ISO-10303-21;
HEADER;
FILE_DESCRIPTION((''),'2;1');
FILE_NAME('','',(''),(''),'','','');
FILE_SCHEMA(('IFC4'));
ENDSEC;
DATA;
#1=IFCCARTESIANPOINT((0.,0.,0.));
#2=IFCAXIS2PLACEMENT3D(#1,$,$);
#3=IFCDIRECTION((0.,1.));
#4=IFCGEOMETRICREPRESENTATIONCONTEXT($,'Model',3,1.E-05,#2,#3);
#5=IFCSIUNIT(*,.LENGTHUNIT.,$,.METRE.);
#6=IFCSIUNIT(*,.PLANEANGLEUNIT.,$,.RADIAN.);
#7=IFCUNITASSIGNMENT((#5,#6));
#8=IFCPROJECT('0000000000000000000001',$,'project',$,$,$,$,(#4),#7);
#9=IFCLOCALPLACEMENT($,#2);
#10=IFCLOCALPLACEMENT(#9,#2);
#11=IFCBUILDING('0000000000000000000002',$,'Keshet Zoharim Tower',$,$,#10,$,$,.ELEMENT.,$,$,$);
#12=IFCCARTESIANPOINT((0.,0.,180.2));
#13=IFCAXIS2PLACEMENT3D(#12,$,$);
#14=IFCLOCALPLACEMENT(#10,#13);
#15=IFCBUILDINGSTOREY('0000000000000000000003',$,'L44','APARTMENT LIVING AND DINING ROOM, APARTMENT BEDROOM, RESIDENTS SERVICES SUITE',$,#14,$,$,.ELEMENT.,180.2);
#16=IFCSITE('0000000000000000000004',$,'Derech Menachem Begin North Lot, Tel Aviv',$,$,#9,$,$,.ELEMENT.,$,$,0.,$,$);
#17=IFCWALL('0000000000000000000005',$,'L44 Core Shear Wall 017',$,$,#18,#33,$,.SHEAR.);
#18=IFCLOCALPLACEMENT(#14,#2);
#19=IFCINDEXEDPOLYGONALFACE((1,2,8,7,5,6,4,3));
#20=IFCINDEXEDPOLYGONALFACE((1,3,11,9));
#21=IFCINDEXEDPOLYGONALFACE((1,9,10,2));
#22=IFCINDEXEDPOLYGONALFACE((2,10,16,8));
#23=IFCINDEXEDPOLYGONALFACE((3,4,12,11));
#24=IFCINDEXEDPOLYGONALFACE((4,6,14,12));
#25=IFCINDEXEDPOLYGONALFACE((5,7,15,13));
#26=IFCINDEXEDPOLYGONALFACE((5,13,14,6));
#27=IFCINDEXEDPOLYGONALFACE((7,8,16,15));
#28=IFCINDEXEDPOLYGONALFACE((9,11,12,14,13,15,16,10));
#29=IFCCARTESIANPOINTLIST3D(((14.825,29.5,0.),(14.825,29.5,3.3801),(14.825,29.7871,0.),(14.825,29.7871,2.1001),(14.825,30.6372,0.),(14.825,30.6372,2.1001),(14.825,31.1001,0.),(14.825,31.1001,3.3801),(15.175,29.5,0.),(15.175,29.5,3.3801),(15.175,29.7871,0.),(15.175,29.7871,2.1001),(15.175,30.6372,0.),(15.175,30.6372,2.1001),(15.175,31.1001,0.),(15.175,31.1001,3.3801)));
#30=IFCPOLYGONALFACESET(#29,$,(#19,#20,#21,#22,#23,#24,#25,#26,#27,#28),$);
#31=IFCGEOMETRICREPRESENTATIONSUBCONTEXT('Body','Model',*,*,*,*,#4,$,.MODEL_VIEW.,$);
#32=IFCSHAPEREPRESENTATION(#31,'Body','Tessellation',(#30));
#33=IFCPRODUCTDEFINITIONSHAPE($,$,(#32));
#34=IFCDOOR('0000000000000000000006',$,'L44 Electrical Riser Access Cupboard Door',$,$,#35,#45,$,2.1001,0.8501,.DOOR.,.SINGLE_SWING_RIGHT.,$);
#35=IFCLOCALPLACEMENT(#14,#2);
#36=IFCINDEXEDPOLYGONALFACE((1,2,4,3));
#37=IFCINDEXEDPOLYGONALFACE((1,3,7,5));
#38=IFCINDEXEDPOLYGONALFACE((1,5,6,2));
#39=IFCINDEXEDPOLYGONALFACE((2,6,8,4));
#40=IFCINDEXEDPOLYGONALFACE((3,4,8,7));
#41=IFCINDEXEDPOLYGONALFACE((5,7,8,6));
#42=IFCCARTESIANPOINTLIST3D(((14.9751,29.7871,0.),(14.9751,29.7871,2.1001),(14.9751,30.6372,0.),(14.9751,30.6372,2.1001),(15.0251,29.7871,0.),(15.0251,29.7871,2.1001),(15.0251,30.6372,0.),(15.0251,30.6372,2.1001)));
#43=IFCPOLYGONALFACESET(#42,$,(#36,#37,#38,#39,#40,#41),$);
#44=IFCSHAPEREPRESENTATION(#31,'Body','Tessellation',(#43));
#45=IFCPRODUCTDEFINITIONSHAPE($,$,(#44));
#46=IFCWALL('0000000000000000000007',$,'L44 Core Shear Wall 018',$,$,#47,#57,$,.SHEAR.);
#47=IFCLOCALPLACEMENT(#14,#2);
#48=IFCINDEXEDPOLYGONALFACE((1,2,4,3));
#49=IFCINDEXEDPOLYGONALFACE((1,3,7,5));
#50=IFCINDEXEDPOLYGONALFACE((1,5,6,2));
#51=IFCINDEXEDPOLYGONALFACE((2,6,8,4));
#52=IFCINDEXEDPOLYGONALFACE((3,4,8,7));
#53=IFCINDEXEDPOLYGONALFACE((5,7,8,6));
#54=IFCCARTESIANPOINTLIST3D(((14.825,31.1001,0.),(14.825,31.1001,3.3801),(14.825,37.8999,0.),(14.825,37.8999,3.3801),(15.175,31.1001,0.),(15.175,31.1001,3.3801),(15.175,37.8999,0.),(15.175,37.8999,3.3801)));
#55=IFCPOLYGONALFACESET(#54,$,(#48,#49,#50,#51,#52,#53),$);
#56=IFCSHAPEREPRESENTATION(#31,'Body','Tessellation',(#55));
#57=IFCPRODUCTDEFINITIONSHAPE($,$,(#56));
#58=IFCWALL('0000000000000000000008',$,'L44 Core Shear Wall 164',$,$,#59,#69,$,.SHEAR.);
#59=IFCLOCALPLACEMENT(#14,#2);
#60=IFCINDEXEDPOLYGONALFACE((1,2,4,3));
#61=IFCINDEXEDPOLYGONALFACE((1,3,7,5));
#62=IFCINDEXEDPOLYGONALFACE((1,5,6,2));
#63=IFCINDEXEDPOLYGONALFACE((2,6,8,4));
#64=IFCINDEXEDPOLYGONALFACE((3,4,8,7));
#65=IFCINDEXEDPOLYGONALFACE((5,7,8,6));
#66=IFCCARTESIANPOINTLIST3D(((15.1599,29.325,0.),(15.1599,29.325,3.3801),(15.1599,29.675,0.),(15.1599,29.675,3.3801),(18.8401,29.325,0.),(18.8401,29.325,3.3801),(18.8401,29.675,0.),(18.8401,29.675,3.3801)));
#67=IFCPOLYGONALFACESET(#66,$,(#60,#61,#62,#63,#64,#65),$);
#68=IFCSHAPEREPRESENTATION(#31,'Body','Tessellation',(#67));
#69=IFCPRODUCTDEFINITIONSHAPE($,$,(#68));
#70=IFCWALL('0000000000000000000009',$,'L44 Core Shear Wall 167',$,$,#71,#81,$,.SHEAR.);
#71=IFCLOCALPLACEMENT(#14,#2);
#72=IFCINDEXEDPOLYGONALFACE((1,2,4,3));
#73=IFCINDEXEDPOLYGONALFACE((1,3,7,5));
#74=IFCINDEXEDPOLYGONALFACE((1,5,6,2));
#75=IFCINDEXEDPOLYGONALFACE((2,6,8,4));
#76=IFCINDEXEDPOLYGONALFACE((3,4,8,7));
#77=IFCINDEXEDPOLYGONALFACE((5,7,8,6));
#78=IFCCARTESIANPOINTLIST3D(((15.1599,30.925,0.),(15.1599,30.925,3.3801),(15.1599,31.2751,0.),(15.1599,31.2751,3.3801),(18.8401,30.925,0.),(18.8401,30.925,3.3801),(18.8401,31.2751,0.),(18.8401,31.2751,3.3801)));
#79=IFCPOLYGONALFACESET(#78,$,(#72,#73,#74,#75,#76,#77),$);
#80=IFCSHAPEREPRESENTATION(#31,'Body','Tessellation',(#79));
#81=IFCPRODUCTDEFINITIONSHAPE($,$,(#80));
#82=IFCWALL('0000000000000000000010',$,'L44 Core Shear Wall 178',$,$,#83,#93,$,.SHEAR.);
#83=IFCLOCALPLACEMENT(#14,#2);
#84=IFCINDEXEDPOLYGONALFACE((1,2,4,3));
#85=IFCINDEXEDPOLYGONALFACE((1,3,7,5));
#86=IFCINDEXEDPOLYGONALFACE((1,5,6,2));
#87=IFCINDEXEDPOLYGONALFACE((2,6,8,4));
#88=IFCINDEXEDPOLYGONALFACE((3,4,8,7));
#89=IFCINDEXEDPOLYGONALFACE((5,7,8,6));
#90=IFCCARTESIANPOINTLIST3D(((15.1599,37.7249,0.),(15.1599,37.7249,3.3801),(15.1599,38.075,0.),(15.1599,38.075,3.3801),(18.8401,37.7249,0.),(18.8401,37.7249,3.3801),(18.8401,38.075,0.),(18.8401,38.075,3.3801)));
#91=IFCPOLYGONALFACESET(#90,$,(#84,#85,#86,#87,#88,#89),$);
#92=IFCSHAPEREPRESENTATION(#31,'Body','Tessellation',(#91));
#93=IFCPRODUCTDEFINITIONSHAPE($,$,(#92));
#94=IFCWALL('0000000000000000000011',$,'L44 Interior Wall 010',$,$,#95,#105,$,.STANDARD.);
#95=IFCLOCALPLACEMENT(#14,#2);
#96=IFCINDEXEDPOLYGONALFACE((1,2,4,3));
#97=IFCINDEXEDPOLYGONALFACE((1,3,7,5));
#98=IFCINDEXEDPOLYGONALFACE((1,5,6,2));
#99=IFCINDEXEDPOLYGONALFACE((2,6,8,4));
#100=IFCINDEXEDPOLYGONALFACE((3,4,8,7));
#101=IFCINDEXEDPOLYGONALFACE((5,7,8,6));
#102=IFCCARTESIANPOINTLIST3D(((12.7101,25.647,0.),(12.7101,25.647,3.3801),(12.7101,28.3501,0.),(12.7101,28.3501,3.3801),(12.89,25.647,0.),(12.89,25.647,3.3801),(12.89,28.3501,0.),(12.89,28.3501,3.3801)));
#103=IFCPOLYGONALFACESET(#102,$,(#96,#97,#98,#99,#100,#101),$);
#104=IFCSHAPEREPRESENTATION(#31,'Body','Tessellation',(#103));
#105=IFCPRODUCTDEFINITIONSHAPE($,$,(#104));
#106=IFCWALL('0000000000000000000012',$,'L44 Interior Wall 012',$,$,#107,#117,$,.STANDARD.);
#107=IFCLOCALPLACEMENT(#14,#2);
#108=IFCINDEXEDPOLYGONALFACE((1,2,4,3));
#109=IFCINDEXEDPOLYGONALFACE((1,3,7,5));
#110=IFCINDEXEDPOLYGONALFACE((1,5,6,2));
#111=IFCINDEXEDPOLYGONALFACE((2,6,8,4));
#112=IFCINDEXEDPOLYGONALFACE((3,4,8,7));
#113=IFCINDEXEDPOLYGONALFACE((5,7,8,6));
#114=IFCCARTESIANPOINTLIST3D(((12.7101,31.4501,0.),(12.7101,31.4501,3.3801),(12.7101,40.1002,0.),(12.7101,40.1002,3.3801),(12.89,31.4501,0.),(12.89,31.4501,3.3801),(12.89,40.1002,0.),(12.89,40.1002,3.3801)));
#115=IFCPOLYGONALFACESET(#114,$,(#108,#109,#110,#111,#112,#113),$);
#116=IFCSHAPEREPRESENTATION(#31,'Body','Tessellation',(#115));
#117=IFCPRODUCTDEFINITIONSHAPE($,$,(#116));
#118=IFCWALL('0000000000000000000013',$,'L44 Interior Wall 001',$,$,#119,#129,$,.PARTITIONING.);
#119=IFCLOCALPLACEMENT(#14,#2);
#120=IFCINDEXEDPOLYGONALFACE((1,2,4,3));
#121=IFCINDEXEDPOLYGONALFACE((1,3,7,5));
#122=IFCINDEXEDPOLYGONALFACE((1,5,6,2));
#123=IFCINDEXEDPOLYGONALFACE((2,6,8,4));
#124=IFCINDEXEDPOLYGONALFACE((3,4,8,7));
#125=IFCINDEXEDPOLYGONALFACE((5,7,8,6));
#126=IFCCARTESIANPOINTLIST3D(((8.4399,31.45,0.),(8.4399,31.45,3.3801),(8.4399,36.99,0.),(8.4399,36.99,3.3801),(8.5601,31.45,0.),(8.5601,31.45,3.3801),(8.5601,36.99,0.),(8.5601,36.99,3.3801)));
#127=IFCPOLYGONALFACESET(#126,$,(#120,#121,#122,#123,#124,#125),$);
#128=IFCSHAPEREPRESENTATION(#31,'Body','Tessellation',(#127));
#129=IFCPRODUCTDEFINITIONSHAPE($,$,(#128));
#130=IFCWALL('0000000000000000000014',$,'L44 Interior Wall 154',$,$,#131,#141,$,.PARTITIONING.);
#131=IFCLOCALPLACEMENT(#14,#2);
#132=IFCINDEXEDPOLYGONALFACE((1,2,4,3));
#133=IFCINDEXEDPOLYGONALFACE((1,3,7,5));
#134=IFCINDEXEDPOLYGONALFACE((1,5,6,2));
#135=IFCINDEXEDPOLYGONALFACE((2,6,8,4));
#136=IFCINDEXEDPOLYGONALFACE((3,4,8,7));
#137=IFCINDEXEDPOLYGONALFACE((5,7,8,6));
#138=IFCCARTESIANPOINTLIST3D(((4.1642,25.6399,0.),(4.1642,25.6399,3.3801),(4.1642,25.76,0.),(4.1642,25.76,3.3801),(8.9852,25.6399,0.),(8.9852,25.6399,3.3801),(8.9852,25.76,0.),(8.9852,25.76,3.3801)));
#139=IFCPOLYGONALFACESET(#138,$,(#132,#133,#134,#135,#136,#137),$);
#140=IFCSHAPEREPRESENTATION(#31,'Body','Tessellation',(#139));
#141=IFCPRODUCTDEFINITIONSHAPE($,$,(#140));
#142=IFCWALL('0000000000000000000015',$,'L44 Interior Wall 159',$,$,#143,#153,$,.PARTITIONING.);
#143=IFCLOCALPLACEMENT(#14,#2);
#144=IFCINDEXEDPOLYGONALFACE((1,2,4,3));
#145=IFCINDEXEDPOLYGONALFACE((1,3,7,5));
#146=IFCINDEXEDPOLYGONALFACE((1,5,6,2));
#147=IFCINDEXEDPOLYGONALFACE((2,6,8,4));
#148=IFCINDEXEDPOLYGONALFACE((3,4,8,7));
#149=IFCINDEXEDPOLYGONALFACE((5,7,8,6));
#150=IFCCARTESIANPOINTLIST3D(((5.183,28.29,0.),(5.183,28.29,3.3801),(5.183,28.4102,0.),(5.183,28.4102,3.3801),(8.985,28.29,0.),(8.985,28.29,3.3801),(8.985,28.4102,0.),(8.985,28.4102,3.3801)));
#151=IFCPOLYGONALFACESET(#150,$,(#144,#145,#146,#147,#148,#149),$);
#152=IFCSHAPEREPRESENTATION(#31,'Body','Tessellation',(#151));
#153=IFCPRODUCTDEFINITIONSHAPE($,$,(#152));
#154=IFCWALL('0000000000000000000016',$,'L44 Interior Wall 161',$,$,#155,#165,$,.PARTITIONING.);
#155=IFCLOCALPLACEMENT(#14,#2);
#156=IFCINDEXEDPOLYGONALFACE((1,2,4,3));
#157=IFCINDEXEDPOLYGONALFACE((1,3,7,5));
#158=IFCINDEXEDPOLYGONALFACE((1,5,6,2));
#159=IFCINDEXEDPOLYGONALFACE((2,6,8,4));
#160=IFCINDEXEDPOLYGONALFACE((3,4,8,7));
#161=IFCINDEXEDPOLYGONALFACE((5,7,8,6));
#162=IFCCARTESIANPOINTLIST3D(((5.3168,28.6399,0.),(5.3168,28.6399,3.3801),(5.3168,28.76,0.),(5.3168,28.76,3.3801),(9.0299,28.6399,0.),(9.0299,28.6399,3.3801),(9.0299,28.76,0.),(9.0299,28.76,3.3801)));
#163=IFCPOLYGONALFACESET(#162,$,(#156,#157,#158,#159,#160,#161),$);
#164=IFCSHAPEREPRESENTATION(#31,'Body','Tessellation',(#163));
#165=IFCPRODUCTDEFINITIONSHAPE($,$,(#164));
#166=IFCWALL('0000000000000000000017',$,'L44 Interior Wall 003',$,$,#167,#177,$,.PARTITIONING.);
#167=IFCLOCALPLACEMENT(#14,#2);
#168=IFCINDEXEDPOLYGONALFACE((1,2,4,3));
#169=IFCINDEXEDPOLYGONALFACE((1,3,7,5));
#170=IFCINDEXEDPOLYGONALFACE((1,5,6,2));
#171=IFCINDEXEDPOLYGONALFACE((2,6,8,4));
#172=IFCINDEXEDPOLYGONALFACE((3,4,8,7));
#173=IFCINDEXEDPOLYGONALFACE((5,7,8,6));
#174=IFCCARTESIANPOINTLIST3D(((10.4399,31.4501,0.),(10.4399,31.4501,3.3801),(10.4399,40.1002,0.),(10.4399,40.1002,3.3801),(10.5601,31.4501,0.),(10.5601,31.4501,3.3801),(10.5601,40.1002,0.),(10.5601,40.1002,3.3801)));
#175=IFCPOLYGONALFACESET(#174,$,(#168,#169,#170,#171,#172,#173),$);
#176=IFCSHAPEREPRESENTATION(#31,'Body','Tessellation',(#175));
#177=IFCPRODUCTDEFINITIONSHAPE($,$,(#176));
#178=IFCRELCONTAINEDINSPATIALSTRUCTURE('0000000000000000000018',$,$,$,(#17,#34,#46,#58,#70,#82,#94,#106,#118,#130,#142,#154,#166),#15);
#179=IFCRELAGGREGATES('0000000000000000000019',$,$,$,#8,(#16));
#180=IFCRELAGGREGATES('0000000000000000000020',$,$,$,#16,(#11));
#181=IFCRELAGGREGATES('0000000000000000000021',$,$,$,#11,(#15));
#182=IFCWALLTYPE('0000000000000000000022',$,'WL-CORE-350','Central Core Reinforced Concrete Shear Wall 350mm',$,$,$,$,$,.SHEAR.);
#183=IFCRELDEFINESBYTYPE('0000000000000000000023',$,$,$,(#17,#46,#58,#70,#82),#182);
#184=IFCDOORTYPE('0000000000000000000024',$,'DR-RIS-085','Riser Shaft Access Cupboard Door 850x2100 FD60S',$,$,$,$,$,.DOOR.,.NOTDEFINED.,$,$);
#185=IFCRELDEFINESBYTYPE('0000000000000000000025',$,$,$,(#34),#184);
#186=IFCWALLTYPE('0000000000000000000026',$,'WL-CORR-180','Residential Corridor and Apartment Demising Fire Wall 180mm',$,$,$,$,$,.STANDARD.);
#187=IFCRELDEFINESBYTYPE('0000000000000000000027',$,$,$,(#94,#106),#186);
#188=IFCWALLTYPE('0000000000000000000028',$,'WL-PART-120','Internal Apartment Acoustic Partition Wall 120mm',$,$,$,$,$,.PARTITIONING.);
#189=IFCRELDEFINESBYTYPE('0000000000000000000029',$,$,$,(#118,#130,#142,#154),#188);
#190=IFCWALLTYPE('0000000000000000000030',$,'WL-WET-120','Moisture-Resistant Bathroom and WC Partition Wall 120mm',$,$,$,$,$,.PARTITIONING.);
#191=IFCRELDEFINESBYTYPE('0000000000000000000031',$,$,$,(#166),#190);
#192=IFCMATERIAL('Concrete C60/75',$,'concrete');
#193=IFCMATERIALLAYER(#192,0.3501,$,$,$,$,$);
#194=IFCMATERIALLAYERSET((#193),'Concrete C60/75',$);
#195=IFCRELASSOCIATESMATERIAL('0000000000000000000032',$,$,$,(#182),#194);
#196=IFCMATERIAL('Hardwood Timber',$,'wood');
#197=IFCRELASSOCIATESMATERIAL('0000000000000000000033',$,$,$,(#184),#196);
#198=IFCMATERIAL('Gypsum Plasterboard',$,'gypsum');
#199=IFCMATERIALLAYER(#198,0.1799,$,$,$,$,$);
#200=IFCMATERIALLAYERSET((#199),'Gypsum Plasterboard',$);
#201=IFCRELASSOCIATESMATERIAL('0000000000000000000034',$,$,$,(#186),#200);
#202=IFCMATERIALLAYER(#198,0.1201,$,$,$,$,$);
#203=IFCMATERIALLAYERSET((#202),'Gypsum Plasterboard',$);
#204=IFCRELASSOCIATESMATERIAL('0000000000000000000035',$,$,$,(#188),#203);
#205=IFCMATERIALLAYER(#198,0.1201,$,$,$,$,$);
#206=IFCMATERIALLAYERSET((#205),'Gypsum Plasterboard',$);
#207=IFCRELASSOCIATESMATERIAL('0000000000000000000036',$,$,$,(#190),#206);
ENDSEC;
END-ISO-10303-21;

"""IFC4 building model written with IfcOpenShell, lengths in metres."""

from ifc_helpers import new_model, si_unit, direction, frame, frame_2d, origin, place, context, subcontext, project, spatial, rectangle, extrude, material, layer, layer_set, type_object, element, fill, save


model = new_model("IFC4")

# Units and contexts
model_context = context("Model", 3, precision=1e-05, world=origin(), true_north=direction((0.0, 1.0)))
body_context = subcontext(model_context, "Body", "Model", "MODEL_VIEW")
ifc_project = project(units=[si_unit("LENGTHUNIT", "METRE"), si_unit("PLANEANGLEUNIT", "RADIAN")], contexts=[model_context])

# Site, building, storey
site_placement = place(None, origin())
site = spatial("IfcSite", under=ifc_project, at=site_placement, Name="Derech Menachem Begin North Lot, Tel Aviv", CompositionType="ELEMENT", RefElevation=0.0)
building_placement = place(site_placement, origin())
building = spatial("IfcBuilding", under=site, at=building_placement, Name="Keshet Zoharim Tower", CompositionType="ELEMENT")
storey_placement = place(building_placement, frame((0.0, 0.0, 180.2)))
storey = spatial("IfcBuildingStorey", under=building, at=storey_placement, Name="L44", Description="APARTMENT LIVING AND DINING ROOM, APARTMENT BEDROOM, RESIDENTS SERVICES SUITE", CompositionType="ELEMENT", Elevation=180.2)

# Wall, opening, door
ifc_material_1 = material(Name="Concrete C60/75", Category="concrete")
ifc_layer_1 = layer(ifc_material_1, 0.3501)
ifc_layer_set_1 = layer_set([ifc_layer_1], Name="Concrete C60/75")
wall_type_1 = type_object("IfcWallType", Name="WL-CORE-350", Description="Central Core Reinforced Concrete Shear Wall 350mm", PredefinedType="SHEAR", material=ifc_layer_set_1)
wall_1_placement = place(storey_placement, frame((15.0, 29.5, 0.0), z_axis=(0.0, 0.0, 1.0), x_axis=(0.0, 1.0, 0.0)))
wall_1 = element("IfcWall", 1, at=wall_1_placement, inside=storey, type_object=wall_type_1, Name="L44 Core Shear Wall 017", PredefinedType="SHEAR", context=body_context, shape_type="SweptSolid", body=[
    extrude(rectangle(XDim=1.6001, YDim=0.3501, at=frame_2d((0.8, 0.0))), origin(), (0.0, 0.0, 1.0), 3.3801),
])
opening_1_placement = place(wall_1_placement, frame((0.2871, 0.0, 0.0)))
opening_1 = element("IfcOpeningElement", 2, at=opening_1_placement, cuts=wall_1, PredefinedType="OPENING", context=body_context, shape_type="SweptSolid", body=[
    extrude(rectangle(XDim=0.8501, YDim=2.1001, at=frame_2d((0.425, 1.05))), frame((0.0, 0.1851, 0.0), z_axis=(0.0, -1.0, 0.0), x_axis=(1.0, 0.0, 0.0)), (0.0, 0.0, 1.0), 0.3701),
])
ifc_material_2 = material(Name="Hardwood Timber", Category="wood")
door_type_1 = type_object("IfcDoorType", Name="DR-RIS-085", Description="Riser Shaft Access Cupboard Door 850x2100 FD60S", OperationType="NOTDEFINED", PredefinedType="DOOR", material=ifc_material_2)
door_1_placement = place(opening_1_placement, origin())
door_1 = element("IfcDoor", 3, at=door_1_placement, inside=storey, type_object=door_type_1, Name="L44 Electrical Riser Access Cupboard Door", OperationType="SINGLE_SWING_RIGHT", OverallHeight=2.1001, OverallWidth=0.8501, PredefinedType="DOOR", context=body_context, shape_type="SweptSolid", body=[
    extrude(rectangle(XDim=0.8501, YDim=2.1001, at=frame_2d((0.425, 1.05))), frame((0.0, 0.0249, 0.0), z_axis=(0.0, -1.0, 0.0), x_axis=(1.0, 0.0, 0.0)), (0.0, 0.0, 1.0), 0.05),
])
fill(opening_1, door_1)

# Walls
wall_2_placement = place(storey_placement, frame((15.0, 31.1001, 0.0), z_axis=(0.0, 0.0, 1.0), x_axis=(0.0, 1.0, 0.0)))
element("IfcWall", 4, at=wall_2_placement, inside=storey, type_object=wall_type_1, Name="L44 Core Shear Wall 018", PredefinedType="SHEAR", context=body_context, shape_type="SweptSolid", body=[
    extrude(rectangle(XDim=6.7998, YDim=0.3501, at=frame_2d((3.3999, 0.0))), origin(), (0.0, 0.0, 1.0), 3.3801),
])
for number, where, z_axis, x_axis, name in (
    (5, (15.1599, 29.5, 0.0), (0.0, 0.0, 1.0), (1.0, 0.0, 0.0), "L44 Core Shear Wall 164"),
    (6, (15.1599, 31.1001, 0.0), (0.0, 0.0, 1.0), (1.0, 0.0, 0.0), "L44 Core Shear Wall 167"),
    (7, (15.1599, 37.8999, 0.0), (0.0, 0.0, 1.0), (1.0, 0.0, 0.0), "L44 Core Shear Wall 178"),
):
    element("IfcWall", number, at=place(storey_placement, frame(where, z_axis=z_axis, x_axis=x_axis)), inside=storey, type_object=wall_type_1, Name=name, PredefinedType="SHEAR", context=body_context, shape_type="SweptSolid", body=[
        extrude(rectangle(XDim=3.6802, YDim=0.3501, at=frame_2d((1.8401, 0.0))), origin(), (0.0, 0.0, 1.0), 3.3801),
    ])
ifc_material_3 = material(Name="Gypsum Plasterboard", Category="gypsum")
ifc_layer_2 = layer(ifc_material_3, 0.1799)
ifc_layer_set_2 = layer_set([ifc_layer_2], Name="Gypsum Plasterboard")
wall_type_2 = type_object("IfcWallType", Name="WL-CORR-180", Description="Residential Corridor and Apartment Demising Fire Wall 180mm", PredefinedType="STANDARD", material=ifc_layer_set_2)
wall_3_placement = place(storey_placement, frame((12.8, 25.647, 0.0), z_axis=(0.0, 0.0, 1.0), x_axis=(0.0, 1.0, 0.0)))
element("IfcWall", 8, at=wall_3_placement, inside=storey, type_object=wall_type_2, Name="L44 Interior Wall 010", PredefinedType="STANDARD", context=body_context, shape_type="SweptSolid", body=[
    extrude(rectangle(XDim=2.7031, YDim=0.1799, at=frame_2d((1.3516, 0.0))), origin(), (0.0, 0.0, 1.0), 3.3801),
])

# Walls
wall_4_placement = place(storey_placement, frame((12.8, 31.45, 0.0), z_axis=(0.0, 0.0, 1.0), x_axis=(0.0, 1.0, 0.0)))
element("IfcWall", 9, at=wall_4_placement, inside=storey, type_object=wall_type_2, Name="L44 Interior Wall 012", PredefinedType="STANDARD", context=body_context, shape_type="SweptSolid", body=[
    extrude(rectangle(XDim=8.6501, YDim=0.1799, at=frame_2d((4.3252, 0.0))), origin(), (0.0, 0.0, 1.0), 3.3801),
])
ifc_layer_3 = layer(ifc_material_3, 0.1201)
ifc_layer_set_3 = layer_set([ifc_layer_3], Name="Gypsum Plasterboard")
wall_type_3 = type_object("IfcWallType", Name="WL-PART-120", Description="Internal Apartment Acoustic Partition Wall 120mm", PredefinedType="PARTITIONING", material=ifc_layer_set_3)
wall_5_placement = place(storey_placement, frame((8.5, 31.45, 0.0), z_axis=(0.0, 0.0, 1.0), x_axis=(0.0, 1.0, 0.0)))
element("IfcWall", 10, at=wall_5_placement, inside=storey, type_object=wall_type_3, Name="L44 Interior Wall 001", PredefinedType="PARTITIONING", context=body_context, shape_type="SweptSolid", body=[
    extrude(rectangle(XDim=5.54, YDim=0.1201, at=frame_2d((2.77, 0.0))), origin(), (0.0, 0.0, 1.0), 3.3801),
])

# Walls
wall_6_placement = place(storey_placement, frame((4.1641, 25.7, 0.0), z_axis=(0.0, 0.0, 1.0), x_axis=(1.0, 0.0, 0.0)))
element("IfcWall", 11, at=wall_6_placement, inside=storey, type_object=wall_type_3, Name="L44 Interior Wall 154", PredefinedType="PARTITIONING", context=body_context, shape_type="SweptSolid", body=[
    extrude(rectangle(XDim=4.821, YDim=0.1201, at=frame_2d((2.4106, 0.0))), origin(), (0.0, 0.0, 1.0), 3.3801),
])
wall_7_placement = place(storey_placement, frame((5.1831, 28.3501, 0.0), z_axis=(0.0, 0.0, 1.0), x_axis=(1.0, 0.0, 0.0)))
element("IfcWall", 12, at=wall_7_placement, inside=storey, type_object=wall_type_3, Name="L44 Interior Wall 159", PredefinedType="PARTITIONING", context=body_context, shape_type="SweptSolid", body=[
    extrude(rectangle(XDim=3.802, YDim=0.1201, at=frame_2d((1.9009, 0.0))), origin(), (0.0, 0.0, 1.0), 3.3801),
])
wall_8_placement = place(storey_placement, frame((5.3169, 28.7, 0.0), z_axis=(0.0, 0.0, 1.0), x_axis=(1.0, 0.0, 0.0)))
element("IfcWall", 13, at=wall_8_placement, inside=storey, type_object=wall_type_3, Name="L44 Interior Wall 161", PredefinedType="PARTITIONING", context=body_context, shape_type="SweptSolid", body=[
    extrude(rectangle(XDim=3.7131, YDim=0.1201, at=frame_2d((1.8564, 0.0))), origin(), (0.0, 0.0, 1.0), 3.3801),
])

# Wall
ifc_layer_4 = layer(ifc_material_3, 0.1201)
ifc_layer_set_4 = layer_set([ifc_layer_4], Name="Gypsum Plasterboard")
wall_type_4 = type_object("IfcWallType", Name="WL-WET-120", Description="Moisture-Resistant Bathroom and WC Partition Wall 120mm", PredefinedType="PARTITIONING", material=ifc_layer_set_4)
wall_9_placement = place(storey_placement, frame((10.5, 31.45, 0.0), z_axis=(0.0, 0.0, 1.0), x_axis=(0.0, 1.0, 0.0)))
element("IfcWall", 14, at=wall_9_placement, inside=storey, type_object=wall_type_4, Name="L44 Interior Wall 003", PredefinedType="PARTITIONING", context=body_context, shape_type="SweptSolid", body=[
    extrude(rectangle(XDim=8.6501, YDim=0.1201, at=frame_2d((4.3252, 0.0))), origin(), (0.0, 0.0, 1.0), 3.3801),
])

save(model, "model.ifc")
